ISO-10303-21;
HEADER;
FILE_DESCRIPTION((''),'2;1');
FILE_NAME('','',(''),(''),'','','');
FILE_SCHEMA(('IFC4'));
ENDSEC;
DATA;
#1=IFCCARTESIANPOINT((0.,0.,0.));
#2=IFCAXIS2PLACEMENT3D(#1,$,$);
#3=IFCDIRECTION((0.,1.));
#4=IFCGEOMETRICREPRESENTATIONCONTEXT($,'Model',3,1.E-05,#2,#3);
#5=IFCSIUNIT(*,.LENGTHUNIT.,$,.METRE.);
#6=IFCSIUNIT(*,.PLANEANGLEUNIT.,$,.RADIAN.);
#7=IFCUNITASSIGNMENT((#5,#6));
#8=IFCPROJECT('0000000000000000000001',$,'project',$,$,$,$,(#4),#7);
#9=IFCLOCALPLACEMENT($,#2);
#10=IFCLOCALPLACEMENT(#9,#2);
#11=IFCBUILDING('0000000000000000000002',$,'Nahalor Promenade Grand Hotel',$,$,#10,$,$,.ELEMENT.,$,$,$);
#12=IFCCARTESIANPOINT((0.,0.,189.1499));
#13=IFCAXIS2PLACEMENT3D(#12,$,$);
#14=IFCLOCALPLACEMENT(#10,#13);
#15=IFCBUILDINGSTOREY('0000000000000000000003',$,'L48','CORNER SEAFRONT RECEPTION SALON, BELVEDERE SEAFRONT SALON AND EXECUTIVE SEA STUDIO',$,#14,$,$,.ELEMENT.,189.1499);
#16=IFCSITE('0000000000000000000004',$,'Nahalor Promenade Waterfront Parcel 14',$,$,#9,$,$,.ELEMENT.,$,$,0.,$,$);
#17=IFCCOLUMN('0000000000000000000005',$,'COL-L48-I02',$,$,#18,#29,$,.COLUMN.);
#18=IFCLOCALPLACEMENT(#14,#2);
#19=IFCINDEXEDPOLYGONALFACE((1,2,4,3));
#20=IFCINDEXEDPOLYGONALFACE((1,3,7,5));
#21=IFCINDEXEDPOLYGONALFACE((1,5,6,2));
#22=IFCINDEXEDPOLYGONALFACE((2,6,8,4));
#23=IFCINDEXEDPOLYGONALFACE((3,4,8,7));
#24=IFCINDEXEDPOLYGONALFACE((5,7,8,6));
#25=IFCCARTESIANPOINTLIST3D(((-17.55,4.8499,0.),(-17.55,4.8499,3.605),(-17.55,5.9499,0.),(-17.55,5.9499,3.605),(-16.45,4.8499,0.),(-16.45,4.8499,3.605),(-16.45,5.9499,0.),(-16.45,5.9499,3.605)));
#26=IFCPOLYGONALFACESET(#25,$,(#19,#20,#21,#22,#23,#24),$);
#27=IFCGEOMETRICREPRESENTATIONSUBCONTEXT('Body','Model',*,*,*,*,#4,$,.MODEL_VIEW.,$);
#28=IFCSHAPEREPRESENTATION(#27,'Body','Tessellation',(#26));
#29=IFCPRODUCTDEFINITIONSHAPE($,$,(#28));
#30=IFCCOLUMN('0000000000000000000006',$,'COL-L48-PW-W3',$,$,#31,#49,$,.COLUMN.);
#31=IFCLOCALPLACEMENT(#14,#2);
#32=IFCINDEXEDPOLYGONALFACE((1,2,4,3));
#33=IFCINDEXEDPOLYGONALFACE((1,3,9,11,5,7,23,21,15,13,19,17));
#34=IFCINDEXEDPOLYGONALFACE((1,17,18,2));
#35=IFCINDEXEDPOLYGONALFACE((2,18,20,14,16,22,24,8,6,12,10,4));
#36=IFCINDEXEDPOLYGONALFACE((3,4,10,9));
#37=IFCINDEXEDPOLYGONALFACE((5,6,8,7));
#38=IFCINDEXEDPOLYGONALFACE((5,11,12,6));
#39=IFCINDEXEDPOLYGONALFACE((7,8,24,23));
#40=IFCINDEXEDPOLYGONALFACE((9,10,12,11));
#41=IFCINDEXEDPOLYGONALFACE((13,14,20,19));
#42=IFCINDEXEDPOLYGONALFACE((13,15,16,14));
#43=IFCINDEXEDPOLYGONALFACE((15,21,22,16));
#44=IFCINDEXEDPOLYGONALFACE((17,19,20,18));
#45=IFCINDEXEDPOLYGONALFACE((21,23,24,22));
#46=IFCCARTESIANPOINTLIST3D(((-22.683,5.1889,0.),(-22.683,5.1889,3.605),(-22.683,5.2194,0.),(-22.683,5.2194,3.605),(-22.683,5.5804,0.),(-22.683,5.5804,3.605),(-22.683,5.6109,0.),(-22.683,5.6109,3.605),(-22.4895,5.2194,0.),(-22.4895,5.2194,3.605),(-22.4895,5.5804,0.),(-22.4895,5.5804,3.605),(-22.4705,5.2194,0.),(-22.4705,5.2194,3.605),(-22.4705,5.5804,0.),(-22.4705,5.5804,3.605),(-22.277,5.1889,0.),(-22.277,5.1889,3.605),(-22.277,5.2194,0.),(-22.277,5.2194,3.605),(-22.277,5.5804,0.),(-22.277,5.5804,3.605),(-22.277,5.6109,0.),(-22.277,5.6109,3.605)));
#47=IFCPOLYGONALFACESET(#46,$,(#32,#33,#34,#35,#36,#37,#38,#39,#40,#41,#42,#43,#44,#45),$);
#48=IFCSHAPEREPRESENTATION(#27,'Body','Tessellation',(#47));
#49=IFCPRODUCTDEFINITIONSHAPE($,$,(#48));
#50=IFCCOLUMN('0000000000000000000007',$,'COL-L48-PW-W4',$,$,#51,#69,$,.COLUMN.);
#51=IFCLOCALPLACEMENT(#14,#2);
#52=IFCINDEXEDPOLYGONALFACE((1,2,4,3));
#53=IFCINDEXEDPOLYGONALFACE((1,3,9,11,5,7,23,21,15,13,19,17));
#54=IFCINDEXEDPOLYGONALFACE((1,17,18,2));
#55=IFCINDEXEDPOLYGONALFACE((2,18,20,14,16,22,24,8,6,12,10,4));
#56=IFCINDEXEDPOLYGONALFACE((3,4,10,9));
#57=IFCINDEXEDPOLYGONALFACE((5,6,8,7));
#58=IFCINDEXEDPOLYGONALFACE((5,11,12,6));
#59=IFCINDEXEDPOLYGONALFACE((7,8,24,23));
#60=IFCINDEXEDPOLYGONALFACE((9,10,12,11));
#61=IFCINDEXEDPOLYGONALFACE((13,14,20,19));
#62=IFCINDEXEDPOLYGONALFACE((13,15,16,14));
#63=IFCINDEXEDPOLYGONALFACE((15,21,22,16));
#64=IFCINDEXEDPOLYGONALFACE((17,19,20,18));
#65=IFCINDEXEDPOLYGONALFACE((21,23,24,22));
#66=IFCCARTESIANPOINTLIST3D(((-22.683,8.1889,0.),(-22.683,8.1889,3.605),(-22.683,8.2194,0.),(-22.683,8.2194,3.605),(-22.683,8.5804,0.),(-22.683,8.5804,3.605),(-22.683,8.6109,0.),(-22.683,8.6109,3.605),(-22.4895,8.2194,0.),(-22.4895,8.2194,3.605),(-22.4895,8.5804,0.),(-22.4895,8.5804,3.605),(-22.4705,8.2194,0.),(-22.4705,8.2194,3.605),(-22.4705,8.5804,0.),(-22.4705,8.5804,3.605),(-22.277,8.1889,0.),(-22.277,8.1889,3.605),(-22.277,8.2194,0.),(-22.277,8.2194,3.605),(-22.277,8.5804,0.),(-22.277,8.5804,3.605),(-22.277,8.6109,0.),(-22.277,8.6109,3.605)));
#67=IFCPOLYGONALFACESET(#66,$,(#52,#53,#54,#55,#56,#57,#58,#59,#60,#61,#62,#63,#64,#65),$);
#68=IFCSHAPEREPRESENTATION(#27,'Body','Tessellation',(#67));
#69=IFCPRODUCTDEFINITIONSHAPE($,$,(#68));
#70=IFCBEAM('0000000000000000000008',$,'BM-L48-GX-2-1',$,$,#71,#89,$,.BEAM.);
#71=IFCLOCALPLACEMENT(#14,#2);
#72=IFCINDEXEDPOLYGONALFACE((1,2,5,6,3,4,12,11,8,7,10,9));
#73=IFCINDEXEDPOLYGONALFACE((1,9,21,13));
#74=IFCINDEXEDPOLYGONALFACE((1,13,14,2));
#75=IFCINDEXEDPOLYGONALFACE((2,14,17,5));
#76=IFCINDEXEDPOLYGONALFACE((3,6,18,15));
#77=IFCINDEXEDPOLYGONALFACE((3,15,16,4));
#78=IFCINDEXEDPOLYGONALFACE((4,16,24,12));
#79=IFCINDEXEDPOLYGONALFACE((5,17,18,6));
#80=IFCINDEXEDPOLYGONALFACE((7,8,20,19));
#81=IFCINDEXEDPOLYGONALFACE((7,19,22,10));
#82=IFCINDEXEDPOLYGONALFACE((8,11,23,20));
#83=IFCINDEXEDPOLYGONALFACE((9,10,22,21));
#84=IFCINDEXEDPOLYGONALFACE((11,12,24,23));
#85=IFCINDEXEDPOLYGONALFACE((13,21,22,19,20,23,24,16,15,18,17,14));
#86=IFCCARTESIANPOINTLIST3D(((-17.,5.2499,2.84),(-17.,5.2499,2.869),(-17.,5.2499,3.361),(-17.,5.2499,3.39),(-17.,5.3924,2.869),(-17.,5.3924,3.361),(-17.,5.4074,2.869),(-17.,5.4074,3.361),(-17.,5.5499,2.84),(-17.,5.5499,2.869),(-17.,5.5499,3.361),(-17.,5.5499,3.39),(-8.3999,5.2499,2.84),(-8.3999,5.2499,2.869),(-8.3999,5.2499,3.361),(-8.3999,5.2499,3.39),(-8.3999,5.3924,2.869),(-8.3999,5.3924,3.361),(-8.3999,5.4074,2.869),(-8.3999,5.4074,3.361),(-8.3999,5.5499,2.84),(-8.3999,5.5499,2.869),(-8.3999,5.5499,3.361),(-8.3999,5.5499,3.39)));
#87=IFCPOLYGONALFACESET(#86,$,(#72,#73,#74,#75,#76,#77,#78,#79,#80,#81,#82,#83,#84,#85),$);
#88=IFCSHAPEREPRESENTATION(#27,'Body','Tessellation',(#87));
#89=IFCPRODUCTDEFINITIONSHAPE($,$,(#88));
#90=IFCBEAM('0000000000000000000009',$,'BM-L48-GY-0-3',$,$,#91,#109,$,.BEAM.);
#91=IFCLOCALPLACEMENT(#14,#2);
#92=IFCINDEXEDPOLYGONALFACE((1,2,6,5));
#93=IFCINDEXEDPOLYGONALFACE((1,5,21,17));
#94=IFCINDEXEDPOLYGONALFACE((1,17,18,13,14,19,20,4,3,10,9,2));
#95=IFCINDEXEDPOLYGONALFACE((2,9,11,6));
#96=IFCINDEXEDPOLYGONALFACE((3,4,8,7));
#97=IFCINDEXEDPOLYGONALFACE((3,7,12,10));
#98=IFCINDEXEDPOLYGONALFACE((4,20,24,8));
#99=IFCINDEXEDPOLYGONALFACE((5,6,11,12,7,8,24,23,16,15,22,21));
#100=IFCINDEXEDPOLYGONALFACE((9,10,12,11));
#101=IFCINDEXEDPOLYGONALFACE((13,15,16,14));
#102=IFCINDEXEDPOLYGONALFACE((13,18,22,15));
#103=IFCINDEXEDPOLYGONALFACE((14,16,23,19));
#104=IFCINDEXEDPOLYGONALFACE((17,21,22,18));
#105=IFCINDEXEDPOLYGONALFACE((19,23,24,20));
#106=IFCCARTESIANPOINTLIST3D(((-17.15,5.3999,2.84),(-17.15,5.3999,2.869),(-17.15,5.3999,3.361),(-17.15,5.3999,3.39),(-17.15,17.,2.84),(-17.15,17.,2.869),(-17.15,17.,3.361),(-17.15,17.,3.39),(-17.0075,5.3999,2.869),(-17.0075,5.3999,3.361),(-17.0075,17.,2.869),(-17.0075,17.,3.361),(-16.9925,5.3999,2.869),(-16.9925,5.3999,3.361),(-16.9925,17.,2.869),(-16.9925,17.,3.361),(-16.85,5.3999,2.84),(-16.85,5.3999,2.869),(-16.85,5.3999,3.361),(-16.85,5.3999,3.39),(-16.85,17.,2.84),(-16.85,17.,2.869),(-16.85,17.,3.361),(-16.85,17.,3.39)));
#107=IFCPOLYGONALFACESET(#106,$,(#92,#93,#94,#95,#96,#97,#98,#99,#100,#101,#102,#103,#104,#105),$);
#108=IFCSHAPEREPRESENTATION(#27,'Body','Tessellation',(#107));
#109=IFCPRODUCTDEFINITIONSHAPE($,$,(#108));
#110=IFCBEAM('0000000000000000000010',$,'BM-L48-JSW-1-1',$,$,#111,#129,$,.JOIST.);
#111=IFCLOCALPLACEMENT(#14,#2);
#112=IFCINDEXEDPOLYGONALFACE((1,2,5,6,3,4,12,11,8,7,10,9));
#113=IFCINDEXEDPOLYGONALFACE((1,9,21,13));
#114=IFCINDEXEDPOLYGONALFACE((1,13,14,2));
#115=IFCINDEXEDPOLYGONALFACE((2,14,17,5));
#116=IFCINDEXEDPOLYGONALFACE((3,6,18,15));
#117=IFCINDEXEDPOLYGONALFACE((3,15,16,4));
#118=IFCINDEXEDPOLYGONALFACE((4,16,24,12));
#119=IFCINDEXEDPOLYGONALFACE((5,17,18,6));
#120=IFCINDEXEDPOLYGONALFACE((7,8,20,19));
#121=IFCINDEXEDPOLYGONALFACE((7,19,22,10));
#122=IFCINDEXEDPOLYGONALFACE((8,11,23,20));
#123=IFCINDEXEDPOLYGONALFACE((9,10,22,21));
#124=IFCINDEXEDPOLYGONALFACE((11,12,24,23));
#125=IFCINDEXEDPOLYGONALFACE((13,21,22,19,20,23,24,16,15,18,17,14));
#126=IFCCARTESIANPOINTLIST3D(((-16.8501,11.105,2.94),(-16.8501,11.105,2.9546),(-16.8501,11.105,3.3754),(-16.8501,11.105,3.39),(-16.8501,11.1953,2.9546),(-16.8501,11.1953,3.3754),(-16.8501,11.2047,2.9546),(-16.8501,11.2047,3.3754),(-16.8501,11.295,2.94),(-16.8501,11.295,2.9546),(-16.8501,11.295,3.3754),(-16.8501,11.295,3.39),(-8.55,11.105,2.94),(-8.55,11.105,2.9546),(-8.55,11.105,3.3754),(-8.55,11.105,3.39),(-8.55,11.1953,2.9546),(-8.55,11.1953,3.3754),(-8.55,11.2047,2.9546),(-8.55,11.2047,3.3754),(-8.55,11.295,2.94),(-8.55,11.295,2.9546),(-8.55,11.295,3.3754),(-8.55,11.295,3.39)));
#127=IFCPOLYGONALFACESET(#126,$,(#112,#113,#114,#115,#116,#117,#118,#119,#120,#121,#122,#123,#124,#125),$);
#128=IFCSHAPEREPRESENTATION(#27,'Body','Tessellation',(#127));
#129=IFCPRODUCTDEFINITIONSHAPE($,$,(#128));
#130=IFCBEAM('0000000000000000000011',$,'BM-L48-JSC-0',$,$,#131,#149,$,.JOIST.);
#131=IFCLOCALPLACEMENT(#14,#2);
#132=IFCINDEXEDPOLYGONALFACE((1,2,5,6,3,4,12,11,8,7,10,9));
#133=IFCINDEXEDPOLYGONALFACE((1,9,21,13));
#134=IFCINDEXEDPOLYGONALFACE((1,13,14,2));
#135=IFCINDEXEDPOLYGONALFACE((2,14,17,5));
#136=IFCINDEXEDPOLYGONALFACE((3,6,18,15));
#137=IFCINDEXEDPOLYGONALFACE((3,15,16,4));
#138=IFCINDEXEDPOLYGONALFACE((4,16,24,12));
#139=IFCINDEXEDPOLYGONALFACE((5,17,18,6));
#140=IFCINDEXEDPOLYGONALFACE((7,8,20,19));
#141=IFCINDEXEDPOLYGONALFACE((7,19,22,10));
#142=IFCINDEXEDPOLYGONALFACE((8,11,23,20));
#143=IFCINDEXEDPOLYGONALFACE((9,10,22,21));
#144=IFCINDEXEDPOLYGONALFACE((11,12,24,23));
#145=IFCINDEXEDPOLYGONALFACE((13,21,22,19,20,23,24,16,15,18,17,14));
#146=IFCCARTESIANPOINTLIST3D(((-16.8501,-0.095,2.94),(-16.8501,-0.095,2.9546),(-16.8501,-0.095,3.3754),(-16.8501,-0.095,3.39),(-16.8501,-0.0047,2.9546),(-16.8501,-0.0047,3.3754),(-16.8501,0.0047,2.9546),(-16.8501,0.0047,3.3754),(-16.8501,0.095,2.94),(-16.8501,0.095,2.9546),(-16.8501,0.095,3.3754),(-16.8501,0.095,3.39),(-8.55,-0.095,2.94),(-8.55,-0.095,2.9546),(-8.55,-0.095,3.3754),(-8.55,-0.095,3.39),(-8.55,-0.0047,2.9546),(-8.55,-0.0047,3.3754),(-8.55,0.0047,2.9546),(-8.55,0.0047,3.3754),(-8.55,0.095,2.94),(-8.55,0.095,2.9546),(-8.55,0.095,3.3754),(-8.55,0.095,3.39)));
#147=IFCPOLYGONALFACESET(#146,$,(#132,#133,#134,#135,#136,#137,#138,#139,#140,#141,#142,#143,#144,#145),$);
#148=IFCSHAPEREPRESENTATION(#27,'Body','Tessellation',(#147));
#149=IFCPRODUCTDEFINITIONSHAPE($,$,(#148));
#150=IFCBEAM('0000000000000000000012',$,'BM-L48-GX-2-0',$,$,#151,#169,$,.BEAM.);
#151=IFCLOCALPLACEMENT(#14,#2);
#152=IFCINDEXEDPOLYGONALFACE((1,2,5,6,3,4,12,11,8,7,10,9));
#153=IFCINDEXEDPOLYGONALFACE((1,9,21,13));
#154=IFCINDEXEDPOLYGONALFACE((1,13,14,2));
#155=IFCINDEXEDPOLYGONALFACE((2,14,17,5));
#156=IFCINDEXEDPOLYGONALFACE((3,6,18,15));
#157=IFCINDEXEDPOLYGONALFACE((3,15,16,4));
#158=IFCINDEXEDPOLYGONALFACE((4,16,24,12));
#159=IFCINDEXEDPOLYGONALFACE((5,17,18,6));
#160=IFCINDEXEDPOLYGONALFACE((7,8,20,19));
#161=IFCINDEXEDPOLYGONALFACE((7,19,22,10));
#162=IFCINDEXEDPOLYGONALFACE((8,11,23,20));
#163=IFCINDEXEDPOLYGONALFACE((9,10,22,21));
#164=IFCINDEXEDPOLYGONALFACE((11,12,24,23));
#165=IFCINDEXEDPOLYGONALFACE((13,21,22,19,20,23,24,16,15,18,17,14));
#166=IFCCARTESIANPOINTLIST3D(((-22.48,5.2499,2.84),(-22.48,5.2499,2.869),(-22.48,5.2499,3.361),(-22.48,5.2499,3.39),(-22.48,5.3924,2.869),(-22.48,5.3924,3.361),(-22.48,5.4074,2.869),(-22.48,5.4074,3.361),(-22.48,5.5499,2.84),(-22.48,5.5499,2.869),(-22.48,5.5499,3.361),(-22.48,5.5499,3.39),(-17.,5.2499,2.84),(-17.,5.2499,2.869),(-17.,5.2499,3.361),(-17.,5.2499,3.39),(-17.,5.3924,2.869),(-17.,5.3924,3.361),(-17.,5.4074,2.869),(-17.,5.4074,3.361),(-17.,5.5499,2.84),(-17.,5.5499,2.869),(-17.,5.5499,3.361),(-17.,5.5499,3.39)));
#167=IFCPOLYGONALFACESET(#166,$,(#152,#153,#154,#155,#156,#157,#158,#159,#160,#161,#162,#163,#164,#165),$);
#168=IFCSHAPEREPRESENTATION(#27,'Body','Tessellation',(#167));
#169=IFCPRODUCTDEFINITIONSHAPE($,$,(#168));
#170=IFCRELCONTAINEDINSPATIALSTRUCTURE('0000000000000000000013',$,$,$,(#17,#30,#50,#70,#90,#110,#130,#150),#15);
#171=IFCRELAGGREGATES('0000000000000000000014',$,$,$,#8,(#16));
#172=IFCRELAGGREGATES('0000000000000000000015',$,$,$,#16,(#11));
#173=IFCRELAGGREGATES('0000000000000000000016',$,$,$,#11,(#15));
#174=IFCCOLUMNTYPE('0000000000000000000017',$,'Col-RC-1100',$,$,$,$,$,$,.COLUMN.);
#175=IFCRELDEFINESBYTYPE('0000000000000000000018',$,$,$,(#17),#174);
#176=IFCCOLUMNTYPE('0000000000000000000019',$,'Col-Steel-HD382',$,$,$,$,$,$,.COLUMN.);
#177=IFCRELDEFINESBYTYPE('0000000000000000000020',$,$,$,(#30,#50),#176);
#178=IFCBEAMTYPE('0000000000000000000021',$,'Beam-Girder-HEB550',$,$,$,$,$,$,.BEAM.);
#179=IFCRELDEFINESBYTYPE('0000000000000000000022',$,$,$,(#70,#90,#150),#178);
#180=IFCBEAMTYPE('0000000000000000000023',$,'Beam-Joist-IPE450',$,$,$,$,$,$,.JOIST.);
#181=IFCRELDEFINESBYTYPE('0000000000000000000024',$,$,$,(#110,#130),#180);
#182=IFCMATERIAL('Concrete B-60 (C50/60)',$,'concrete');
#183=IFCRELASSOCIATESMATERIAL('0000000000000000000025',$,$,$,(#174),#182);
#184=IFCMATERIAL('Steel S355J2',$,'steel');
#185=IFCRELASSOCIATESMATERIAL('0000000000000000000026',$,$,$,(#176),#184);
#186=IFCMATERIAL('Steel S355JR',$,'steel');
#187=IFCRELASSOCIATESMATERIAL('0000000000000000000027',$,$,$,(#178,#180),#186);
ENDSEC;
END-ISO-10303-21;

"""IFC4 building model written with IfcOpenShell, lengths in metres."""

from ifc_helpers import new_model, si_unit, direction, frame, origin, origin_2d, place, context, subcontext, project, spatial, rectangle, i_section, extrude, source, transform, mapped, material, material_profile, profile_set, type_object, element, save


model = new_model("IFC4")

# Units and contexts
model_context = context("Model", 3, precision=1e-05, world=origin(), true_north=direction((0.0, 1.0)))
body_context = subcontext(model_context, "Body", "Model", "MODEL_VIEW")
ifc_project = project(units=[si_unit("LENGTHUNIT", "METRE"), si_unit("PLANEANGLEUNIT", "RADIAN")], contexts=[model_context])

# Site, building, storey
site_placement = place(None, origin())
site = spatial("IfcSite", under=ifc_project, at=site_placement, Name="Nahalor Promenade Waterfront Parcel 14", CompositionType="ELEMENT", RefElevation=0.0)
building_placement = place(site_placement, origin())
building = spatial("IfcBuilding", under=site, at=building_placement, Name="Nahalor Promenade Grand Hotel", CompositionType="ELEMENT")
storey_placement = place(building_placement, frame((0.0, 0.0, 189.1499)))
storey = spatial("IfcBuildingStorey", under=building, at=storey_placement, Name="L48", Description="CORNER SEAFRONT RECEPTION SALON, BELVEDERE SEAFRONT SALON AND EXECUTIVE SEA STUDIO", CompositionType="ELEMENT", Elevation=189.1499)

# Columns
ifc_material_1 = material(Name="Concrete B-60 (C50/60)", Category="concrete")
ifc_material_profile_1 = material_profile(ifc_material_1, rectangle(XDim=1.1, YDim=1.1, at=origin_2d()), Name="RC 1100x1100")
ifc_profile_set_1 = profile_set([ifc_material_profile_1], Name="Concrete B-60 (C50/60)")
column_type_1 = type_object("IfcColumnType", Name="Col-RC-1100", PredefinedType="COLUMN", material=ifc_profile_set_1)
shared_shape_1 = source(origin(), body_context, "Body", "SweptSolid", [
    extrude(rectangle(XDim=1.1, YDim=1.1, at=origin_2d()), origin(), (0.0, 0.0, 1.0), 3.605),
])
column_placement = place(storey_placement, frame((-17.0, 5.3999, 0.0), z_axis=(0.0, 0.0, 1.0), x_axis=(1.0, 0.0, 0.0)))
element("IfcColumn", 1, at=column_placement, inside=storey, type_object=column_type_1, Name="COL-L48-I02", PredefinedType="COLUMN", context=body_context, shape_type="MappedRepresentation", body=[
    mapped(shared_shape_1, transform((0.0, 0.0, 0.0), scale=1.0)),
])
ifc_material_2 = material(Name="Steel S355J2", Category="steel")
ifc_material_profile_2 = material_profile(ifc_material_2, i_section(OverallWidth=0.406, OverallDepth=0.422, WebThickness=0.019, FlangeThickness=0.0305, at=origin_2d()), Name="HD 400x382")
ifc_profile_set_2 = profile_set([ifc_material_profile_2], Name="Steel S355J2")
column_type_2 = type_object("IfcColumnType", Name="Col-Steel-HD382", PredefinedType="COLUMN", material=ifc_profile_set_2)
shared_shape_2 = source(origin(), body_context, "Body", "SweptSolid", [
    extrude(i_section(OverallWidth=0.406, OverallDepth=0.422, WebThickness=0.019, FlangeThickness=0.0305, at=origin_2d()), origin(), (0.0, 0.0, 1.0), 3.605),
])
for number, where, z_axis, x_axis, name in (
    (2, (-22.48, 5.3999, 0.0), (0.0, 0.0, 1.0), (1.0, 0.0, 0.0), "COL-L48-PW-W3"),
    (3, (-22.48, 8.3999, 0.0), (0.0, 0.0, 1.0), (1.0, 0.0, 0.0), "COL-L48-PW-W4"),
):
    element("IfcColumn", number, at=place(storey_placement, frame(where, z_axis=z_axis, x_axis=x_axis)), inside=storey, type_object=column_type_2, Name=name, PredefinedType="COLUMN", context=body_context, shape_type="MappedRepresentation", body=[
        mapped(shared_shape_2, transform((0.0, 0.0, 0.0), scale=1.0)),
    ])

# Beams
ifc_material_3 = material(Name="Steel S355JR", Category="steel")
ifc_material_profile_3 = material_profile(ifc_material_3, i_section(OverallWidth=0.3, OverallDepth=0.55, WebThickness=0.015, FlangeThickness=0.029, at=origin_2d()), Name="HEB 550")
ifc_profile_set_3 = profile_set([ifc_material_profile_3], Name="Steel S355JR")
beam_type_1 = type_object("IfcBeamType", Name="Beam-Girder-HEB550", PredefinedType="BEAM", material=ifc_profile_set_3)
shared_shape_3 = source(origin(), body_context, "Body", "SweptSolid", [
    extrude(i_section(OverallWidth=0.3, OverallDepth=0.55, WebThickness=0.015, FlangeThickness=0.029, at=origin_2d()), origin(), (0.0, 0.0, 1.0), 8.6001),
])
beam_1_placement = place(storey_placement, frame((-17.0, 5.3999, 3.115), z_axis=(1.0, 0.0, 0.0), x_axis=(0.0, 1.0, 0.0)))
element("IfcBeam", 4, at=beam_1_placement, inside=storey, type_object=beam_type_1, Name="BM-L48-GX-2-1", PredefinedType="BEAM", context=body_context, shape_type="MappedRepresentation", body=[
    mapped(shared_shape_3, transform((0.0, 0.0, 0.0), scale=1.0)),
])
shared_shape_4 = source(origin(), body_context, "Body", "SweptSolid", [
    extrude(i_section(OverallWidth=0.3, OverallDepth=0.55, WebThickness=0.015, FlangeThickness=0.029, at=origin_2d()), origin(), (0.0, 0.0, 1.0), 11.6001),
])
beam_2_placement = place(storey_placement, frame((-17.0, 5.3999, 3.115), z_axis=(0.0, 1.0, 0.0), x_axis=(-1.0, 0.0, 0.0)))
element("IfcBeam", 5, at=beam_2_placement, inside=storey, type_object=beam_type_1, Name="BM-L48-GY-0-3", PredefinedType="BEAM", context=body_context, shape_type="MappedRepresentation", body=[
    mapped(shared_shape_4, transform((0.0, 0.0, 0.0), scale=1.0)),
])
ifc_material_profile_4 = material_profile(ifc_material_3, i_section(OverallWidth=0.19, OverallDepth=0.45, WebThickness=0.0094, FlangeThickness=0.0146, at=origin_2d()), Name="IPE 450")
ifc_profile_set_4 = profile_set([ifc_material_profile_4], Name="Steel S355JR")
beam_type_2 = type_object("IfcBeamType", Name="Beam-Joist-IPE450", PredefinedType="JOIST", material=ifc_profile_set_4)
shared_shape_5 = source(origin(), body_context, "Body", "SweptSolid", [
    extrude(i_section(OverallWidth=0.19, OverallDepth=0.45, WebThickness=0.0094, FlangeThickness=0.0146, at=origin_2d()), origin(), (0.0, 0.0, 1.0), 8.3),
])
for number, where, z_axis, x_axis, name in (
    (6, (-16.8501, 11.2, 3.165), (1.0, 0.0, 0.0), (0.0, 1.0, 0.0), "BM-L48-JSW-1-1"),
    (7, (-16.8501, 0.0, 3.165), (1.0, 0.0, 0.0), (0.0, 1.0, 0.0), "BM-L48-JSC-0"),
):
    element("IfcBeam", number, at=place(storey_placement, frame(where, z_axis=z_axis, x_axis=x_axis)), inside=storey, type_object=beam_type_2, Name=name, PredefinedType="JOIST", context=body_context, shape_type="MappedRepresentation", body=[
        mapped(shared_shape_5, transform((0.0, 0.0, 0.0), scale=1.0)),
    ])
shared_shape_6 = source(origin(), body_context, "Body", "SweptSolid", [
    extrude(i_section(OverallWidth=0.3, OverallDepth=0.55, WebThickness=0.015, FlangeThickness=0.029, at=origin_2d()), origin(), (0.0, 0.0, 1.0), 5.48),
])
beam_3_placement = place(storey_placement, frame((-22.48, 5.3999, 3.115), z_axis=(1.0, 0.0, 0.0), x_axis=(0.0, 1.0, 0.0)))
element("IfcBeam", 8, at=beam_3_placement, inside=storey, type_object=beam_type_1, Name="BM-L48-GX-2-0", PredefinedType="BEAM", context=body_context, shape_type="MappedRepresentation", body=[
    mapped(shared_shape_6, transform((0.0, 0.0, 0.0), scale=1.0)),
])

save(model, "model.ifc")
